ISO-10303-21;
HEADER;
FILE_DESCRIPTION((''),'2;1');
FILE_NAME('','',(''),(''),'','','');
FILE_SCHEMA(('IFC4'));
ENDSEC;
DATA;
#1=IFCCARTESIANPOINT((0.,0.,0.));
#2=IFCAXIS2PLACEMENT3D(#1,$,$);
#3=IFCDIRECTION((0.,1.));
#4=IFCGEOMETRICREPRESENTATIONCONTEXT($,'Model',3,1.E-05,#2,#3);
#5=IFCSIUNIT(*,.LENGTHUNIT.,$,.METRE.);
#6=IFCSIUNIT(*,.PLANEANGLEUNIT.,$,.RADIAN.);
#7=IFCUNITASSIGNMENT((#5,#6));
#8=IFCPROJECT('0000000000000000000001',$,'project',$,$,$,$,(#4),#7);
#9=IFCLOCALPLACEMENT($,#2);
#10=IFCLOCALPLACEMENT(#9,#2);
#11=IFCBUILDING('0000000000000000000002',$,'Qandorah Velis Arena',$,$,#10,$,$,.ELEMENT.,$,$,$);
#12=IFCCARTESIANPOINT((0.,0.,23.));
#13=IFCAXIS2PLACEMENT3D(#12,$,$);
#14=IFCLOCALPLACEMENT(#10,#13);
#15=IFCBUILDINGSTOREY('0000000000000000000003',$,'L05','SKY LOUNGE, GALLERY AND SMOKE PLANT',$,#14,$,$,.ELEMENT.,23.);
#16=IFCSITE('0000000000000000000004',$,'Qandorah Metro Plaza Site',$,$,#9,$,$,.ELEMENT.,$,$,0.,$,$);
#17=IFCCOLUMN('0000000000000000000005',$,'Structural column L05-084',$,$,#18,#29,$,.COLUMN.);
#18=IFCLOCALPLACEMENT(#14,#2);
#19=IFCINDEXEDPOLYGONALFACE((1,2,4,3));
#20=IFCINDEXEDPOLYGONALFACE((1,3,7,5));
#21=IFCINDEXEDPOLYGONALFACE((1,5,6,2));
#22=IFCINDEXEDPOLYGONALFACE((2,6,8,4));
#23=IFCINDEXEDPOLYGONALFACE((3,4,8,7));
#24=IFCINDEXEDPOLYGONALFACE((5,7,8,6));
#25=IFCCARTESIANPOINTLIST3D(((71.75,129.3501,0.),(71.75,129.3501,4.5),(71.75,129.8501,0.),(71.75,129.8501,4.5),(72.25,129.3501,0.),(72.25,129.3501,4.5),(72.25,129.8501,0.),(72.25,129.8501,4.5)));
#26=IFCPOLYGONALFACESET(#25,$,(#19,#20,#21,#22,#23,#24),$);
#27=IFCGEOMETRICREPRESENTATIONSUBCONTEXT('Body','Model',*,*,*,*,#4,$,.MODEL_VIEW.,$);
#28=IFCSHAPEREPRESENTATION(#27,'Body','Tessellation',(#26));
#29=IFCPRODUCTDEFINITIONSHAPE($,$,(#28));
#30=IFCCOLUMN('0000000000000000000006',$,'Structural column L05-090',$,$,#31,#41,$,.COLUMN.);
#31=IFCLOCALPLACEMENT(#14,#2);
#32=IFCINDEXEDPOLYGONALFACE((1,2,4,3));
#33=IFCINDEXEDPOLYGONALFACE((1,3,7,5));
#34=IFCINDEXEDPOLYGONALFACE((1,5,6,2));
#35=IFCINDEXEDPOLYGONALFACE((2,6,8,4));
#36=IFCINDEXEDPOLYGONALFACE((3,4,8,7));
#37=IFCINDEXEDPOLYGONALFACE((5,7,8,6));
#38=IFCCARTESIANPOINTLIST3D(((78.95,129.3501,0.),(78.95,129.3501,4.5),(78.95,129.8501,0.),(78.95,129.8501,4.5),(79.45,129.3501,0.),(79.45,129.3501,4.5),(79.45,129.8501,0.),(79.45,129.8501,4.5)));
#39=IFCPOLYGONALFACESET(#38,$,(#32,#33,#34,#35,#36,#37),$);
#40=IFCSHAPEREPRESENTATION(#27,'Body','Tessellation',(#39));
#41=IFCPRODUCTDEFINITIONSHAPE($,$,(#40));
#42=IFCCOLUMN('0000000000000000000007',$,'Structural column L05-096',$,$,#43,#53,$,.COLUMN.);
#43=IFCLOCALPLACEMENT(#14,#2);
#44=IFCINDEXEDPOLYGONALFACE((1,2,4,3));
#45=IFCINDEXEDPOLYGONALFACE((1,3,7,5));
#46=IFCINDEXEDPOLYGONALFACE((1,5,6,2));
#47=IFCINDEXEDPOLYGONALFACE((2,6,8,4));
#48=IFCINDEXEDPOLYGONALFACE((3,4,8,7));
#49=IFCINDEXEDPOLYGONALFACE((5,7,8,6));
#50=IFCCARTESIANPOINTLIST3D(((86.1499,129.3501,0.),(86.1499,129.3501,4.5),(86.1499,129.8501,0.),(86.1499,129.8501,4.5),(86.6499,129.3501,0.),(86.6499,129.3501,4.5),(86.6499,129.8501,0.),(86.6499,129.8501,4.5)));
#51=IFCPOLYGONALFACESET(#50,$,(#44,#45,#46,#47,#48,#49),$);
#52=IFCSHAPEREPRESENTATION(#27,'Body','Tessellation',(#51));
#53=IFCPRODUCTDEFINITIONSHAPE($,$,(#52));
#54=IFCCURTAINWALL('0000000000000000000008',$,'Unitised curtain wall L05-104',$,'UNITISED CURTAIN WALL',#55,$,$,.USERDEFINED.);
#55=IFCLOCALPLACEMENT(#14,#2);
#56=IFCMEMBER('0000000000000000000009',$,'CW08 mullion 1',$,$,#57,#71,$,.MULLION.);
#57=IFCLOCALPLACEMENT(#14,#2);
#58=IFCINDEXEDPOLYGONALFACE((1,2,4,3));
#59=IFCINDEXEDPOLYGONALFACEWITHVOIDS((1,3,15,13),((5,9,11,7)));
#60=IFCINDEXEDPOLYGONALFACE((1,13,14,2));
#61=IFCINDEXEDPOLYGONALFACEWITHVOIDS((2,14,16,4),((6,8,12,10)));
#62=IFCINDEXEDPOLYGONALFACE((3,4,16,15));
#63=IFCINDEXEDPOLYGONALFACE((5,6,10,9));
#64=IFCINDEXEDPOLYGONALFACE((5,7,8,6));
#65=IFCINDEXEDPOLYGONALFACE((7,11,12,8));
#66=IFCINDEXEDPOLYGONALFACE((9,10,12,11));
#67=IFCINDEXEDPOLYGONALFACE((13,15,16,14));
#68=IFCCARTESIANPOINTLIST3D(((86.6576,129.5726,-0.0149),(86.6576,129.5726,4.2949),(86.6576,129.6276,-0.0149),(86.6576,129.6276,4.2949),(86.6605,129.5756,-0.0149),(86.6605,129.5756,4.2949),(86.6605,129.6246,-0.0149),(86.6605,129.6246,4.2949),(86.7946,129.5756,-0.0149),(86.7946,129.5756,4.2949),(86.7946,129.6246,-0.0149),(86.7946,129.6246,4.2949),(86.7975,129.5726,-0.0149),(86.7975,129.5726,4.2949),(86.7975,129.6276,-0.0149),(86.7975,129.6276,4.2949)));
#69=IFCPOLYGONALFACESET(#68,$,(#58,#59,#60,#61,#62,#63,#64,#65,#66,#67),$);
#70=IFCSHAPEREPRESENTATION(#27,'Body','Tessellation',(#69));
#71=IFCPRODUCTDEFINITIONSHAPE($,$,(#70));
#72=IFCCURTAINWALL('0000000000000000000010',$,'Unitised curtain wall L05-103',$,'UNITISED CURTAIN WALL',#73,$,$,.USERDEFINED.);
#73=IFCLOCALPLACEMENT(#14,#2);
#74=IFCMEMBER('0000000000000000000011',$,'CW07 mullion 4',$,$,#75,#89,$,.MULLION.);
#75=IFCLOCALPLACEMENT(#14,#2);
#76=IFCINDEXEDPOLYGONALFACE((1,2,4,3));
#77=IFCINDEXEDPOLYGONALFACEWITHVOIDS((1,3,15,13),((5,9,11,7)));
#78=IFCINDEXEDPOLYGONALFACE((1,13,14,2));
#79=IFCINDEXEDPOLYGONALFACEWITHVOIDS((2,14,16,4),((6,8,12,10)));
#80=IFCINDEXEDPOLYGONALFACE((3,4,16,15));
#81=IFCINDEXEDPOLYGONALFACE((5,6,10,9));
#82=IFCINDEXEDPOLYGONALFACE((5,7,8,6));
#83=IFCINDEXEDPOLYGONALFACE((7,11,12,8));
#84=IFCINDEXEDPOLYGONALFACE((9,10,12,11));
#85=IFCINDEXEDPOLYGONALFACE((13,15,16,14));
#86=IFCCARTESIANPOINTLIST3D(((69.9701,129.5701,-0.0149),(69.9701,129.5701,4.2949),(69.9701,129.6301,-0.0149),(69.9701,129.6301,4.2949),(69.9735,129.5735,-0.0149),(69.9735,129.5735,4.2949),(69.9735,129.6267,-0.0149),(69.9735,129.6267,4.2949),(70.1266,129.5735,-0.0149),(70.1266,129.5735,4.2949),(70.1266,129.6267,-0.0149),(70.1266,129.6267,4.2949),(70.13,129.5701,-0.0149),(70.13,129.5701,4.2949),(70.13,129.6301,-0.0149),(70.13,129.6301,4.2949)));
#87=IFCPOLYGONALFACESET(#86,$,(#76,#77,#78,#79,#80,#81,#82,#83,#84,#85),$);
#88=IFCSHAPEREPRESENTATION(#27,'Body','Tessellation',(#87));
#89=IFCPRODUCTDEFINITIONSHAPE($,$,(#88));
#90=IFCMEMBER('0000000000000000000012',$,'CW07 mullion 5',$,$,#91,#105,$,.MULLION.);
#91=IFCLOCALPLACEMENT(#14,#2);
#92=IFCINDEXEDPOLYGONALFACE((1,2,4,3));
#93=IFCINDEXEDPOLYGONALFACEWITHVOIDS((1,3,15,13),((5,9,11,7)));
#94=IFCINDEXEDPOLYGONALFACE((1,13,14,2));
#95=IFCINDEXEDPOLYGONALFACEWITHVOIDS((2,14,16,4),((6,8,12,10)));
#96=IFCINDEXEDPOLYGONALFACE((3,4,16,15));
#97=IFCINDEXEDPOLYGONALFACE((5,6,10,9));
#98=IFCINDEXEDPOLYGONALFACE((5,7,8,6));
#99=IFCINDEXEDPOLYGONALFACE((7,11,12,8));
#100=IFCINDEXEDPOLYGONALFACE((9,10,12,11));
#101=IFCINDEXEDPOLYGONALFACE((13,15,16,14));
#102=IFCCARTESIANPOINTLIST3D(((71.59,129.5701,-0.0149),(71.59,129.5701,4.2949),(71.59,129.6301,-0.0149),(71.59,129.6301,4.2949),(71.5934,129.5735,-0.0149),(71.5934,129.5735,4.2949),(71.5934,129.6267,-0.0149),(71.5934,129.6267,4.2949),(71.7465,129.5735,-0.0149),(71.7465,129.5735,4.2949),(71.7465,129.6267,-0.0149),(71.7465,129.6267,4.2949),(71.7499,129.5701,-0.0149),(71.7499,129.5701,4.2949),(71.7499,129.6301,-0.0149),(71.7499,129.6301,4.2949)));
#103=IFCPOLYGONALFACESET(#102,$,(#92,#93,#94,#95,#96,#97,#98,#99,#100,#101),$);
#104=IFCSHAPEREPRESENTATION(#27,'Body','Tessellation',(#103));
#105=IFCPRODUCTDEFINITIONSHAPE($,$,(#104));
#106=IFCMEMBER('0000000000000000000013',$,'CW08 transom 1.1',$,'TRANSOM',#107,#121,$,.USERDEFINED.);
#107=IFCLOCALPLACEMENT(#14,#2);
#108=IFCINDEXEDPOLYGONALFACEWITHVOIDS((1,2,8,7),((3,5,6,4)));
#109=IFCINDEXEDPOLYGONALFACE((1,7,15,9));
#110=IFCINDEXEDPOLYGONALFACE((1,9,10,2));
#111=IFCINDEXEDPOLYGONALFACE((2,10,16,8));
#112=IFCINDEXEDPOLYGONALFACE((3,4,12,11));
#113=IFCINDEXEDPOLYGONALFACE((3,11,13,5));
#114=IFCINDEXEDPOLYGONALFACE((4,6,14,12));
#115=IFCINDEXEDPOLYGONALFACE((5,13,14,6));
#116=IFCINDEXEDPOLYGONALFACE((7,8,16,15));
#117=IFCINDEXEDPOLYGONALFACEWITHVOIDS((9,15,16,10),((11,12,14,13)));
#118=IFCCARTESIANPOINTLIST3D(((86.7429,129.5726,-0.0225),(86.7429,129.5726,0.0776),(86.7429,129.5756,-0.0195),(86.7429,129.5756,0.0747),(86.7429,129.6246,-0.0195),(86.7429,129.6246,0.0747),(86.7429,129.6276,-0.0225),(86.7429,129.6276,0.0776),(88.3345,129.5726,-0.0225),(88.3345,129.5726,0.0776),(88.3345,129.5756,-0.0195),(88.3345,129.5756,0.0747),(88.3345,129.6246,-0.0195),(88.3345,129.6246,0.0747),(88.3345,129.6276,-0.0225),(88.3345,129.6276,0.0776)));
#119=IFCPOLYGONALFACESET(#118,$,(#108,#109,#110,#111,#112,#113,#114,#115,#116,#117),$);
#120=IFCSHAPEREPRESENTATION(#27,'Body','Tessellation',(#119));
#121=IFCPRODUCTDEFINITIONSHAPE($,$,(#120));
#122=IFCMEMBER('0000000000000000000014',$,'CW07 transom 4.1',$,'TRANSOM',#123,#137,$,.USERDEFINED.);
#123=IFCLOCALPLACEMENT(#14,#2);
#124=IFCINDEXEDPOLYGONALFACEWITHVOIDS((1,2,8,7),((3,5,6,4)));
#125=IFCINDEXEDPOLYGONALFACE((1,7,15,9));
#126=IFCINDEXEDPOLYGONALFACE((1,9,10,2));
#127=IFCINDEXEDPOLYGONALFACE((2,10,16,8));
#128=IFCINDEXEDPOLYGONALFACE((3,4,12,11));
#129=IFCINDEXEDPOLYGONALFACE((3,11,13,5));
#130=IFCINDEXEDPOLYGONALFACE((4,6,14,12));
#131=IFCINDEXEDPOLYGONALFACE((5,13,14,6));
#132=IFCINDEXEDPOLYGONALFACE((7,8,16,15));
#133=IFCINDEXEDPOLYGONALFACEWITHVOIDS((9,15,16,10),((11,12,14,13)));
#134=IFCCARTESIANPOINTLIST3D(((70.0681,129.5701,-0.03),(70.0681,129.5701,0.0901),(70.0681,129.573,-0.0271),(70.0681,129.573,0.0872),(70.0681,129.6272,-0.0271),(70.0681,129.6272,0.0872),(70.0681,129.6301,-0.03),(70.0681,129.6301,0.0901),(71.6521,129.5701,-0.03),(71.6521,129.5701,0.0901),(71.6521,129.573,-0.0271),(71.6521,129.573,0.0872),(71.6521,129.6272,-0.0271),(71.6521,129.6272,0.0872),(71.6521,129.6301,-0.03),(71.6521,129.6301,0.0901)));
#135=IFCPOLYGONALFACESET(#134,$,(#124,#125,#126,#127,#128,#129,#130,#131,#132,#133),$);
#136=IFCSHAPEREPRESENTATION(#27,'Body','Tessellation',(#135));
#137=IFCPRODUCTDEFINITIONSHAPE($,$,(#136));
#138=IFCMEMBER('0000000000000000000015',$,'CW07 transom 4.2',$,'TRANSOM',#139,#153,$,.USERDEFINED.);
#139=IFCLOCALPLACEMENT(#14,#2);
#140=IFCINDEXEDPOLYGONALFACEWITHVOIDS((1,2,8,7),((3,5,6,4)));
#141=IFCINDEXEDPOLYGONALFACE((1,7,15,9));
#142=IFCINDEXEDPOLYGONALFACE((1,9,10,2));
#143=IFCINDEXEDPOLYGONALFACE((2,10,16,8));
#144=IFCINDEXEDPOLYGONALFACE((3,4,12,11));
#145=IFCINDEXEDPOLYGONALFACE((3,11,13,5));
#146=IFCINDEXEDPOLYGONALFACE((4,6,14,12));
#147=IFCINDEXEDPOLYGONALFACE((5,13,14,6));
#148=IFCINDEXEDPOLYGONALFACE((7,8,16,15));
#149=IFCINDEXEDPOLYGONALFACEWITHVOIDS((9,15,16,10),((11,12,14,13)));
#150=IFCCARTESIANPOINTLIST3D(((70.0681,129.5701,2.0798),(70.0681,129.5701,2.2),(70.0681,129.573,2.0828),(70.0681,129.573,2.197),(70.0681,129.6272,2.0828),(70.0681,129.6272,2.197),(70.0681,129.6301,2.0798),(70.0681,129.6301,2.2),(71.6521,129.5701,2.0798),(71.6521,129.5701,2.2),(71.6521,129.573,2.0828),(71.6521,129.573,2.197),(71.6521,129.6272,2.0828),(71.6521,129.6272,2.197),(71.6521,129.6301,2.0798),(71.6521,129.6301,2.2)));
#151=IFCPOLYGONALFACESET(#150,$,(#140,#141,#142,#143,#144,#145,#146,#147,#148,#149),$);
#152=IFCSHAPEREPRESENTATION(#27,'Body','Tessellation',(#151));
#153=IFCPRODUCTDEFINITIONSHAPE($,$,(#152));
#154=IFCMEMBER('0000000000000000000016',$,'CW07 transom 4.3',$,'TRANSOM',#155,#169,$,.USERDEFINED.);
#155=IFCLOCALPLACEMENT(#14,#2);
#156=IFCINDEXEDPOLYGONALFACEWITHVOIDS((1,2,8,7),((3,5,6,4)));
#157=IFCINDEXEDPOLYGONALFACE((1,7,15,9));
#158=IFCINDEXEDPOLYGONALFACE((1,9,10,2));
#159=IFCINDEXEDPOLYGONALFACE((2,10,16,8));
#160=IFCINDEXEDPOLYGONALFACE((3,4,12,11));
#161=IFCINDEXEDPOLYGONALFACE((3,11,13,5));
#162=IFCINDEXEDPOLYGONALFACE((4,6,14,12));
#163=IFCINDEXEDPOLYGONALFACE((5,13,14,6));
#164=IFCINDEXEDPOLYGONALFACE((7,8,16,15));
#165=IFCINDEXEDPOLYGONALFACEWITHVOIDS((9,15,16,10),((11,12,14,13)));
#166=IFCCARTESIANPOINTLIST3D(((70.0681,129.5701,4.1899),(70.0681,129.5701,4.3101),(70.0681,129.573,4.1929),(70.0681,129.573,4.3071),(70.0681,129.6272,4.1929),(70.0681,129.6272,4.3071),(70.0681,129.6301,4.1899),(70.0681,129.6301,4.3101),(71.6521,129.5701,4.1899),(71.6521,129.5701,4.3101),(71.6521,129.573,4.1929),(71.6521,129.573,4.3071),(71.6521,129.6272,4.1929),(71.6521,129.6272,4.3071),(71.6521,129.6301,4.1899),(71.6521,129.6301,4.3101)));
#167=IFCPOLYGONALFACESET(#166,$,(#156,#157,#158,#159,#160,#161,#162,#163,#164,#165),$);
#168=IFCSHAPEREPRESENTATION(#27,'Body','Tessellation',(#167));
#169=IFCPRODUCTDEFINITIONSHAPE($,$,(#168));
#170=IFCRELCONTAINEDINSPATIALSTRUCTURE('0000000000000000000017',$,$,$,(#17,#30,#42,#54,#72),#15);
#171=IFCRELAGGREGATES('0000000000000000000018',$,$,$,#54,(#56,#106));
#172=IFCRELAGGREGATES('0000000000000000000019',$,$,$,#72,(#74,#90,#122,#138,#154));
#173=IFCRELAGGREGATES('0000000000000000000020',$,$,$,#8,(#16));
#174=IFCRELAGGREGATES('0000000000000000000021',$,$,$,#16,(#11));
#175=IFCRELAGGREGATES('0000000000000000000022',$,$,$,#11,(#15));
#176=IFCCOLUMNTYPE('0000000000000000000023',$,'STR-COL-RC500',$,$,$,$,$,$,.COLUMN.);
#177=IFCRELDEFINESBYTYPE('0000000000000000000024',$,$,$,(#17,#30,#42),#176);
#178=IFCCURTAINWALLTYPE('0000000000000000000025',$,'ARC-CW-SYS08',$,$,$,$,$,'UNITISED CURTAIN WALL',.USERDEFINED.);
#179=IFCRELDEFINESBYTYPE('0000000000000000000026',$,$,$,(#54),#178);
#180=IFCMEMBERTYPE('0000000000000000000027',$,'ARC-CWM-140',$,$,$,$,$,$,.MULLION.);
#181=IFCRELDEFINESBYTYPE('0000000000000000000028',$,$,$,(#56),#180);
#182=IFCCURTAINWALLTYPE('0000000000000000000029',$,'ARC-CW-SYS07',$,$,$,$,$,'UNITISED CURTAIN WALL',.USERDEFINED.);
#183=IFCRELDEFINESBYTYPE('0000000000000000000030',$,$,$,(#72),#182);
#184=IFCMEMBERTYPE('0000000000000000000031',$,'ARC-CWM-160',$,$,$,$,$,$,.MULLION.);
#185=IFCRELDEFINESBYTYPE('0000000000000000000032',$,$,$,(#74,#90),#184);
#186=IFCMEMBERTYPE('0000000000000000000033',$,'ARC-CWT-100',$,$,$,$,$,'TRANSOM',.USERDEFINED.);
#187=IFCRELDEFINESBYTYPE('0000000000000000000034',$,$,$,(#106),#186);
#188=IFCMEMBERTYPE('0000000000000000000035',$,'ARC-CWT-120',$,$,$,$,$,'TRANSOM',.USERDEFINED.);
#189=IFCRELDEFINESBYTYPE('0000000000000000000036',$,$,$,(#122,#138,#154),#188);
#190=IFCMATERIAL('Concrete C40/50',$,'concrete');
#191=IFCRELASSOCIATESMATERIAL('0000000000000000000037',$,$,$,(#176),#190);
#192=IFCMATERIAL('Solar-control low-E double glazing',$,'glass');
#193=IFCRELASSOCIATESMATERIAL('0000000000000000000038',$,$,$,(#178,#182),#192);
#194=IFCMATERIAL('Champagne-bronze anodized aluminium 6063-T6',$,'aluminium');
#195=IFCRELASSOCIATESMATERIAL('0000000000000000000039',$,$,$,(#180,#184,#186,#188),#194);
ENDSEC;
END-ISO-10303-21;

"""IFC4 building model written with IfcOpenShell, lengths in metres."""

from ifc_helpers import new_model, si_unit, direction, frame, origin, origin_2d, place, context, subcontext, project, spatial, rectangle, hollow_rectangle, extrude, material, material_profile, profile_set, type_object, element, aggregate, save


model = new_model("IFC4")

# Units and contexts
model_context = context("Model", 3, precision=1e-05, world=origin(), true_north=direction((0.0, 1.0)))
body_context = subcontext(model_context, "Body", "Model", "MODEL_VIEW")
ifc_project = project(units=[si_unit("LENGTHUNIT", "METRE"), si_unit("PLANEANGLEUNIT", "RADIAN")], contexts=[model_context])

# Site, building, storey
site_placement = place(None, origin())
site = spatial("IfcSite", under=ifc_project, at=site_placement, Name="Qandorah Metro Plaza Site", CompositionType="ELEMENT", RefElevation=0.0)
building_placement = place(site_placement, origin())
building = spatial("IfcBuilding", under=site, at=building_placement, Name="Qandorah Velis Arena", CompositionType="ELEMENT")
storey_placement = place(building_placement, frame((0.0, 0.0, 23.0)))
storey = spatial("IfcBuildingStorey", under=building, at=storey_placement, Name="L05", Description="SKY LOUNGE, GALLERY AND SMOKE PLANT", CompositionType="ELEMENT", Elevation=23.0)

# Columns
ifc_material_1 = material(Name="Concrete C40/50", Category="concrete")
ifc_material_profile_1 = material_profile(ifc_material_1, rectangle(XDim=0.5, YDim=0.5, at=origin_2d()), Name="RC COL 500x500")
ifc_profile_set_1 = profile_set([ifc_material_profile_1], Name="Concrete C40/50")
column_type = type_object("IfcColumnType", Name="STR-COL-RC500", PredefinedType="COLUMN", material=ifc_profile_set_1)
for number, where, z_axis, x_axis, name in (
    (1, (72.0, 129.6001, 0.0), (0.0, 0.0, 1.0), (1.0, 0.0, 0.0), "Structural column L05-084"),
    (2, (79.2, 129.6001, 0.0), (0.0, 0.0, 1.0), (1.0, 0.0, 0.0), "Structural column L05-090"),
    (3, (86.3999, 129.6001, 0.0), (0.0, 0.0, 1.0), (1.0, 0.0, 0.0), "Structural column L05-096"),
):
    element("IfcColumn", number, at=place(storey_placement, frame(where, z_axis=z_axis, x_axis=x_axis)), inside=storey, type_object=column_type, Name=name, PredefinedType="COLUMN", context=body_context, shape_type="SweptSolid", body=[
        extrude(rectangle(XDim=0.5, YDim=0.5, at=origin_2d()), origin(), (0.0, 0.0, 1.0), 4.5),
    ])

# Curtain wall, member
ifc_material_2 = material(Name="Solar-control low-E double glazing", Category="glass")
curtain_wall_type_1 = type_object("IfcCurtainWallType", Name="ARC-CW-SYS08", ElementType="UNITISED CURTAIN WALL", PredefinedType="USERDEFINED", material=ifc_material_2)
curtain_wall_1_placement = place(storey_placement, origin())
curtain_wall_1 = element("IfcCurtainWall", 4, at=curtain_wall_1_placement, inside=storey, type_object=curtain_wall_type_1, Name="Unitised curtain wall L05-104", ObjectType="UNITISED CURTAIN WALL", PredefinedType="USERDEFINED")
ifc_material_3 = material(Name="Champagne-bronze anodized aluminium 6063-T6", Category="aluminium")
ifc_material_profile_2 = material_profile(ifc_material_3, hollow_rectangle(XDim=0.0549, YDim=0.1399, WallThickness=0.0029, at=origin_2d()), Name="ALU MULLION 55x140")
ifc_profile_set_2 = profile_set([ifc_material_profile_2], Name="Champagne-bronze anodized aluminium 6063-T6")
member_type_1 = type_object("IfcMemberType", Name="ARC-CWM-140", PredefinedType="MULLION", material=ifc_profile_set_2)
member_1_placement = place(storey_placement, frame((86.7275, 129.6001, -0.0149), z_axis=(0.0, 0.0, 1.0), x_axis=(0.0, 1.0, 0.0)))
member_1 = element("IfcMember", 5, at=member_1_placement, type_object=member_type_1, Name="CW08 mullion 1", PredefinedType="MULLION", context=body_context, shape_type="SweptSolid", body=[
    extrude(hollow_rectangle(XDim=0.0549, YDim=0.1399, WallThickness=0.0029, at=origin_2d()), origin(), (0.0, 0.0, 1.0), 4.3098),
])

# Curtain wall, members
curtain_wall_type_2 = type_object("IfcCurtainWallType", Name="ARC-CW-SYS07", ElementType="UNITISED CURTAIN WALL", PredefinedType="USERDEFINED", material=ifc_material_2)
curtain_wall_2_placement = place(storey_placement, origin())
curtain_wall_2 = element("IfcCurtainWall", 6, at=curtain_wall_2_placement, inside=storey, type_object=curtain_wall_type_2, Name="Unitised curtain wall L05-103", ObjectType="UNITISED CURTAIN WALL", PredefinedType="USERDEFINED")
ifc_material_profile_3 = material_profile(ifc_material_3, hollow_rectangle(XDim=0.0601, YDim=0.1599, WallThickness=0.0034, at=origin_2d()), Name="ALU MULLION 60x160")
ifc_profile_set_3 = profile_set([ifc_material_profile_3], Name="Champagne-bronze anodized aluminium 6063-T6")
member_type_2 = type_object("IfcMemberType", Name="ARC-CWM-160", PredefinedType="MULLION", material=ifc_profile_set_3)
member_2_placement = place(storey_placement, frame((70.05, 129.6001, -0.0149), z_axis=(0.0, 0.0, 1.0), x_axis=(0.0, 1.0, 0.0)))
member_2 = element("IfcMember", 7, at=member_2_placement, type_object=member_type_2, Name="CW07 mullion 4", PredefinedType="MULLION", context=body_context, shape_type="SweptSolid", body=[
    extrude(hollow_rectangle(XDim=0.0601, YDim=0.1599, WallThickness=0.0034, at=origin_2d()), origin(), (0.0, 0.0, 1.0), 4.3098),
])
member_3_placement = place(storey_placement, frame((71.6699, 129.6001, -0.0149), z_axis=(0.0, 0.0, 1.0), x_axis=(0.0, 1.0, 0.0)))
member_3 = element("IfcMember", 8, at=member_3_placement, type_object=member_type_2, Name="CW07 mullion 5", PredefinedType="MULLION", context=body_context, shape_type="SweptSolid", body=[
    extrude(hollow_rectangle(XDim=0.0601, YDim=0.1599, WallThickness=0.0034, at=origin_2d()), origin(), (0.0, 0.0, 1.0), 4.3098),
])

# Members
ifc_material_profile_4 = material_profile(ifc_material_3, hollow_rectangle(XDim=0.0549, YDim=0.1001, WallThickness=0.0029, at=origin_2d()), Name="ALU TRANSOM 55x100")
ifc_profile_set_4 = profile_set([ifc_material_profile_4], Name="Champagne-bronze anodized aluminium 6063-T6")
member_type_3 = type_object("IfcMemberType", Name="ARC-CWT-100", ElementType="TRANSOM", PredefinedType="USERDEFINED", material=ifc_profile_set_4)
member_4_placement = place(storey_placement, frame((86.7429, 129.6001, 0.0276), z_axis=(1.0, 0.0, 0.0), x_axis=(0.0, 1.0, 0.0)))
member_4 = element("IfcMember", 9, at=member_4_placement, type_object=member_type_3, Name="CW08 transom 1.1", ObjectType="TRANSOM", PredefinedType="USERDEFINED", context=body_context, shape_type="SweptSolid", body=[
    extrude(hollow_rectangle(XDim=0.0549, YDim=0.1001, WallThickness=0.0029, at=origin_2d()), origin(), (0.0, 0.0, 1.0), 1.5916),
])
aggregate(curtain_wall_1, [member_1, member_4])
ifc_material_profile_5 = material_profile(ifc_material_3, hollow_rectangle(XDim=0.0601, YDim=0.1201, WallThickness=0.0029, at=origin_2d()), Name="ALU TRANSOM 60x120")
ifc_profile_set_5 = profile_set([ifc_material_profile_5], Name="Champagne-bronze anodized aluminium 6063-T6")
member_type_4 = type_object("IfcMemberType", Name="ARC-CWT-120", ElementType="TRANSOM", PredefinedType="USERDEFINED", material=ifc_profile_set_5)
member_5_placement = place(storey_placement, frame((70.0681, 129.6001, 0.03), z_axis=(1.0, 0.0, 0.0), x_axis=(0.0, 1.0, 0.0)))
member_5 = element("IfcMember", 10, at=member_5_placement, type_object=member_type_4, Name="CW07 transom 4.1", ObjectType="TRANSOM", PredefinedType="USERDEFINED", context=body_context, shape_type="SweptSolid", body=[
    extrude(hollow_rectangle(XDim=0.0601, YDim=0.1201, WallThickness=0.0029, at=origin_2d()), origin(), (0.0, 0.0, 1.0), 1.584),
])
member_6_placement = place(storey_placement, frame((70.0681, 129.6001, 2.1399), z_axis=(1.0, 0.0, 0.0), x_axis=(0.0, 1.0, 0.0)))
member_6 = element("IfcMember", 11, at=member_6_placement, type_object=member_type_4, Name="CW07 transom 4.2", ObjectType="TRANSOM", PredefinedType="USERDEFINED", context=body_context, shape_type="SweptSolid", body=[
    extrude(hollow_rectangle(XDim=0.0601, YDim=0.1201, WallThickness=0.0029, at=origin_2d()), origin(), (0.0, 0.0, 1.0), 1.584),
])
member_7_placement = place(storey_placement, frame((70.0681, 129.6001, 4.25), z_axis=(1.0, 0.0, 0.0), x_axis=(0.0, 1.0, 0.0)))
member_7 = element("IfcMember", 12, at=member_7_placement, type_object=member_type_4, Name="CW07 transom 4.3", ObjectType="TRANSOM", PredefinedType="USERDEFINED", context=body_context, shape_type="SweptSolid", body=[
    extrude(hollow_rectangle(XDim=0.0601, YDim=0.1201, WallThickness=0.0029, at=origin_2d()), origin(), (0.0, 0.0, 1.0), 1.584),
])

aggregate(curtain_wall_2, [member_2, member_3, member_5, member_6, member_7])

save(model, "model.ifc")
